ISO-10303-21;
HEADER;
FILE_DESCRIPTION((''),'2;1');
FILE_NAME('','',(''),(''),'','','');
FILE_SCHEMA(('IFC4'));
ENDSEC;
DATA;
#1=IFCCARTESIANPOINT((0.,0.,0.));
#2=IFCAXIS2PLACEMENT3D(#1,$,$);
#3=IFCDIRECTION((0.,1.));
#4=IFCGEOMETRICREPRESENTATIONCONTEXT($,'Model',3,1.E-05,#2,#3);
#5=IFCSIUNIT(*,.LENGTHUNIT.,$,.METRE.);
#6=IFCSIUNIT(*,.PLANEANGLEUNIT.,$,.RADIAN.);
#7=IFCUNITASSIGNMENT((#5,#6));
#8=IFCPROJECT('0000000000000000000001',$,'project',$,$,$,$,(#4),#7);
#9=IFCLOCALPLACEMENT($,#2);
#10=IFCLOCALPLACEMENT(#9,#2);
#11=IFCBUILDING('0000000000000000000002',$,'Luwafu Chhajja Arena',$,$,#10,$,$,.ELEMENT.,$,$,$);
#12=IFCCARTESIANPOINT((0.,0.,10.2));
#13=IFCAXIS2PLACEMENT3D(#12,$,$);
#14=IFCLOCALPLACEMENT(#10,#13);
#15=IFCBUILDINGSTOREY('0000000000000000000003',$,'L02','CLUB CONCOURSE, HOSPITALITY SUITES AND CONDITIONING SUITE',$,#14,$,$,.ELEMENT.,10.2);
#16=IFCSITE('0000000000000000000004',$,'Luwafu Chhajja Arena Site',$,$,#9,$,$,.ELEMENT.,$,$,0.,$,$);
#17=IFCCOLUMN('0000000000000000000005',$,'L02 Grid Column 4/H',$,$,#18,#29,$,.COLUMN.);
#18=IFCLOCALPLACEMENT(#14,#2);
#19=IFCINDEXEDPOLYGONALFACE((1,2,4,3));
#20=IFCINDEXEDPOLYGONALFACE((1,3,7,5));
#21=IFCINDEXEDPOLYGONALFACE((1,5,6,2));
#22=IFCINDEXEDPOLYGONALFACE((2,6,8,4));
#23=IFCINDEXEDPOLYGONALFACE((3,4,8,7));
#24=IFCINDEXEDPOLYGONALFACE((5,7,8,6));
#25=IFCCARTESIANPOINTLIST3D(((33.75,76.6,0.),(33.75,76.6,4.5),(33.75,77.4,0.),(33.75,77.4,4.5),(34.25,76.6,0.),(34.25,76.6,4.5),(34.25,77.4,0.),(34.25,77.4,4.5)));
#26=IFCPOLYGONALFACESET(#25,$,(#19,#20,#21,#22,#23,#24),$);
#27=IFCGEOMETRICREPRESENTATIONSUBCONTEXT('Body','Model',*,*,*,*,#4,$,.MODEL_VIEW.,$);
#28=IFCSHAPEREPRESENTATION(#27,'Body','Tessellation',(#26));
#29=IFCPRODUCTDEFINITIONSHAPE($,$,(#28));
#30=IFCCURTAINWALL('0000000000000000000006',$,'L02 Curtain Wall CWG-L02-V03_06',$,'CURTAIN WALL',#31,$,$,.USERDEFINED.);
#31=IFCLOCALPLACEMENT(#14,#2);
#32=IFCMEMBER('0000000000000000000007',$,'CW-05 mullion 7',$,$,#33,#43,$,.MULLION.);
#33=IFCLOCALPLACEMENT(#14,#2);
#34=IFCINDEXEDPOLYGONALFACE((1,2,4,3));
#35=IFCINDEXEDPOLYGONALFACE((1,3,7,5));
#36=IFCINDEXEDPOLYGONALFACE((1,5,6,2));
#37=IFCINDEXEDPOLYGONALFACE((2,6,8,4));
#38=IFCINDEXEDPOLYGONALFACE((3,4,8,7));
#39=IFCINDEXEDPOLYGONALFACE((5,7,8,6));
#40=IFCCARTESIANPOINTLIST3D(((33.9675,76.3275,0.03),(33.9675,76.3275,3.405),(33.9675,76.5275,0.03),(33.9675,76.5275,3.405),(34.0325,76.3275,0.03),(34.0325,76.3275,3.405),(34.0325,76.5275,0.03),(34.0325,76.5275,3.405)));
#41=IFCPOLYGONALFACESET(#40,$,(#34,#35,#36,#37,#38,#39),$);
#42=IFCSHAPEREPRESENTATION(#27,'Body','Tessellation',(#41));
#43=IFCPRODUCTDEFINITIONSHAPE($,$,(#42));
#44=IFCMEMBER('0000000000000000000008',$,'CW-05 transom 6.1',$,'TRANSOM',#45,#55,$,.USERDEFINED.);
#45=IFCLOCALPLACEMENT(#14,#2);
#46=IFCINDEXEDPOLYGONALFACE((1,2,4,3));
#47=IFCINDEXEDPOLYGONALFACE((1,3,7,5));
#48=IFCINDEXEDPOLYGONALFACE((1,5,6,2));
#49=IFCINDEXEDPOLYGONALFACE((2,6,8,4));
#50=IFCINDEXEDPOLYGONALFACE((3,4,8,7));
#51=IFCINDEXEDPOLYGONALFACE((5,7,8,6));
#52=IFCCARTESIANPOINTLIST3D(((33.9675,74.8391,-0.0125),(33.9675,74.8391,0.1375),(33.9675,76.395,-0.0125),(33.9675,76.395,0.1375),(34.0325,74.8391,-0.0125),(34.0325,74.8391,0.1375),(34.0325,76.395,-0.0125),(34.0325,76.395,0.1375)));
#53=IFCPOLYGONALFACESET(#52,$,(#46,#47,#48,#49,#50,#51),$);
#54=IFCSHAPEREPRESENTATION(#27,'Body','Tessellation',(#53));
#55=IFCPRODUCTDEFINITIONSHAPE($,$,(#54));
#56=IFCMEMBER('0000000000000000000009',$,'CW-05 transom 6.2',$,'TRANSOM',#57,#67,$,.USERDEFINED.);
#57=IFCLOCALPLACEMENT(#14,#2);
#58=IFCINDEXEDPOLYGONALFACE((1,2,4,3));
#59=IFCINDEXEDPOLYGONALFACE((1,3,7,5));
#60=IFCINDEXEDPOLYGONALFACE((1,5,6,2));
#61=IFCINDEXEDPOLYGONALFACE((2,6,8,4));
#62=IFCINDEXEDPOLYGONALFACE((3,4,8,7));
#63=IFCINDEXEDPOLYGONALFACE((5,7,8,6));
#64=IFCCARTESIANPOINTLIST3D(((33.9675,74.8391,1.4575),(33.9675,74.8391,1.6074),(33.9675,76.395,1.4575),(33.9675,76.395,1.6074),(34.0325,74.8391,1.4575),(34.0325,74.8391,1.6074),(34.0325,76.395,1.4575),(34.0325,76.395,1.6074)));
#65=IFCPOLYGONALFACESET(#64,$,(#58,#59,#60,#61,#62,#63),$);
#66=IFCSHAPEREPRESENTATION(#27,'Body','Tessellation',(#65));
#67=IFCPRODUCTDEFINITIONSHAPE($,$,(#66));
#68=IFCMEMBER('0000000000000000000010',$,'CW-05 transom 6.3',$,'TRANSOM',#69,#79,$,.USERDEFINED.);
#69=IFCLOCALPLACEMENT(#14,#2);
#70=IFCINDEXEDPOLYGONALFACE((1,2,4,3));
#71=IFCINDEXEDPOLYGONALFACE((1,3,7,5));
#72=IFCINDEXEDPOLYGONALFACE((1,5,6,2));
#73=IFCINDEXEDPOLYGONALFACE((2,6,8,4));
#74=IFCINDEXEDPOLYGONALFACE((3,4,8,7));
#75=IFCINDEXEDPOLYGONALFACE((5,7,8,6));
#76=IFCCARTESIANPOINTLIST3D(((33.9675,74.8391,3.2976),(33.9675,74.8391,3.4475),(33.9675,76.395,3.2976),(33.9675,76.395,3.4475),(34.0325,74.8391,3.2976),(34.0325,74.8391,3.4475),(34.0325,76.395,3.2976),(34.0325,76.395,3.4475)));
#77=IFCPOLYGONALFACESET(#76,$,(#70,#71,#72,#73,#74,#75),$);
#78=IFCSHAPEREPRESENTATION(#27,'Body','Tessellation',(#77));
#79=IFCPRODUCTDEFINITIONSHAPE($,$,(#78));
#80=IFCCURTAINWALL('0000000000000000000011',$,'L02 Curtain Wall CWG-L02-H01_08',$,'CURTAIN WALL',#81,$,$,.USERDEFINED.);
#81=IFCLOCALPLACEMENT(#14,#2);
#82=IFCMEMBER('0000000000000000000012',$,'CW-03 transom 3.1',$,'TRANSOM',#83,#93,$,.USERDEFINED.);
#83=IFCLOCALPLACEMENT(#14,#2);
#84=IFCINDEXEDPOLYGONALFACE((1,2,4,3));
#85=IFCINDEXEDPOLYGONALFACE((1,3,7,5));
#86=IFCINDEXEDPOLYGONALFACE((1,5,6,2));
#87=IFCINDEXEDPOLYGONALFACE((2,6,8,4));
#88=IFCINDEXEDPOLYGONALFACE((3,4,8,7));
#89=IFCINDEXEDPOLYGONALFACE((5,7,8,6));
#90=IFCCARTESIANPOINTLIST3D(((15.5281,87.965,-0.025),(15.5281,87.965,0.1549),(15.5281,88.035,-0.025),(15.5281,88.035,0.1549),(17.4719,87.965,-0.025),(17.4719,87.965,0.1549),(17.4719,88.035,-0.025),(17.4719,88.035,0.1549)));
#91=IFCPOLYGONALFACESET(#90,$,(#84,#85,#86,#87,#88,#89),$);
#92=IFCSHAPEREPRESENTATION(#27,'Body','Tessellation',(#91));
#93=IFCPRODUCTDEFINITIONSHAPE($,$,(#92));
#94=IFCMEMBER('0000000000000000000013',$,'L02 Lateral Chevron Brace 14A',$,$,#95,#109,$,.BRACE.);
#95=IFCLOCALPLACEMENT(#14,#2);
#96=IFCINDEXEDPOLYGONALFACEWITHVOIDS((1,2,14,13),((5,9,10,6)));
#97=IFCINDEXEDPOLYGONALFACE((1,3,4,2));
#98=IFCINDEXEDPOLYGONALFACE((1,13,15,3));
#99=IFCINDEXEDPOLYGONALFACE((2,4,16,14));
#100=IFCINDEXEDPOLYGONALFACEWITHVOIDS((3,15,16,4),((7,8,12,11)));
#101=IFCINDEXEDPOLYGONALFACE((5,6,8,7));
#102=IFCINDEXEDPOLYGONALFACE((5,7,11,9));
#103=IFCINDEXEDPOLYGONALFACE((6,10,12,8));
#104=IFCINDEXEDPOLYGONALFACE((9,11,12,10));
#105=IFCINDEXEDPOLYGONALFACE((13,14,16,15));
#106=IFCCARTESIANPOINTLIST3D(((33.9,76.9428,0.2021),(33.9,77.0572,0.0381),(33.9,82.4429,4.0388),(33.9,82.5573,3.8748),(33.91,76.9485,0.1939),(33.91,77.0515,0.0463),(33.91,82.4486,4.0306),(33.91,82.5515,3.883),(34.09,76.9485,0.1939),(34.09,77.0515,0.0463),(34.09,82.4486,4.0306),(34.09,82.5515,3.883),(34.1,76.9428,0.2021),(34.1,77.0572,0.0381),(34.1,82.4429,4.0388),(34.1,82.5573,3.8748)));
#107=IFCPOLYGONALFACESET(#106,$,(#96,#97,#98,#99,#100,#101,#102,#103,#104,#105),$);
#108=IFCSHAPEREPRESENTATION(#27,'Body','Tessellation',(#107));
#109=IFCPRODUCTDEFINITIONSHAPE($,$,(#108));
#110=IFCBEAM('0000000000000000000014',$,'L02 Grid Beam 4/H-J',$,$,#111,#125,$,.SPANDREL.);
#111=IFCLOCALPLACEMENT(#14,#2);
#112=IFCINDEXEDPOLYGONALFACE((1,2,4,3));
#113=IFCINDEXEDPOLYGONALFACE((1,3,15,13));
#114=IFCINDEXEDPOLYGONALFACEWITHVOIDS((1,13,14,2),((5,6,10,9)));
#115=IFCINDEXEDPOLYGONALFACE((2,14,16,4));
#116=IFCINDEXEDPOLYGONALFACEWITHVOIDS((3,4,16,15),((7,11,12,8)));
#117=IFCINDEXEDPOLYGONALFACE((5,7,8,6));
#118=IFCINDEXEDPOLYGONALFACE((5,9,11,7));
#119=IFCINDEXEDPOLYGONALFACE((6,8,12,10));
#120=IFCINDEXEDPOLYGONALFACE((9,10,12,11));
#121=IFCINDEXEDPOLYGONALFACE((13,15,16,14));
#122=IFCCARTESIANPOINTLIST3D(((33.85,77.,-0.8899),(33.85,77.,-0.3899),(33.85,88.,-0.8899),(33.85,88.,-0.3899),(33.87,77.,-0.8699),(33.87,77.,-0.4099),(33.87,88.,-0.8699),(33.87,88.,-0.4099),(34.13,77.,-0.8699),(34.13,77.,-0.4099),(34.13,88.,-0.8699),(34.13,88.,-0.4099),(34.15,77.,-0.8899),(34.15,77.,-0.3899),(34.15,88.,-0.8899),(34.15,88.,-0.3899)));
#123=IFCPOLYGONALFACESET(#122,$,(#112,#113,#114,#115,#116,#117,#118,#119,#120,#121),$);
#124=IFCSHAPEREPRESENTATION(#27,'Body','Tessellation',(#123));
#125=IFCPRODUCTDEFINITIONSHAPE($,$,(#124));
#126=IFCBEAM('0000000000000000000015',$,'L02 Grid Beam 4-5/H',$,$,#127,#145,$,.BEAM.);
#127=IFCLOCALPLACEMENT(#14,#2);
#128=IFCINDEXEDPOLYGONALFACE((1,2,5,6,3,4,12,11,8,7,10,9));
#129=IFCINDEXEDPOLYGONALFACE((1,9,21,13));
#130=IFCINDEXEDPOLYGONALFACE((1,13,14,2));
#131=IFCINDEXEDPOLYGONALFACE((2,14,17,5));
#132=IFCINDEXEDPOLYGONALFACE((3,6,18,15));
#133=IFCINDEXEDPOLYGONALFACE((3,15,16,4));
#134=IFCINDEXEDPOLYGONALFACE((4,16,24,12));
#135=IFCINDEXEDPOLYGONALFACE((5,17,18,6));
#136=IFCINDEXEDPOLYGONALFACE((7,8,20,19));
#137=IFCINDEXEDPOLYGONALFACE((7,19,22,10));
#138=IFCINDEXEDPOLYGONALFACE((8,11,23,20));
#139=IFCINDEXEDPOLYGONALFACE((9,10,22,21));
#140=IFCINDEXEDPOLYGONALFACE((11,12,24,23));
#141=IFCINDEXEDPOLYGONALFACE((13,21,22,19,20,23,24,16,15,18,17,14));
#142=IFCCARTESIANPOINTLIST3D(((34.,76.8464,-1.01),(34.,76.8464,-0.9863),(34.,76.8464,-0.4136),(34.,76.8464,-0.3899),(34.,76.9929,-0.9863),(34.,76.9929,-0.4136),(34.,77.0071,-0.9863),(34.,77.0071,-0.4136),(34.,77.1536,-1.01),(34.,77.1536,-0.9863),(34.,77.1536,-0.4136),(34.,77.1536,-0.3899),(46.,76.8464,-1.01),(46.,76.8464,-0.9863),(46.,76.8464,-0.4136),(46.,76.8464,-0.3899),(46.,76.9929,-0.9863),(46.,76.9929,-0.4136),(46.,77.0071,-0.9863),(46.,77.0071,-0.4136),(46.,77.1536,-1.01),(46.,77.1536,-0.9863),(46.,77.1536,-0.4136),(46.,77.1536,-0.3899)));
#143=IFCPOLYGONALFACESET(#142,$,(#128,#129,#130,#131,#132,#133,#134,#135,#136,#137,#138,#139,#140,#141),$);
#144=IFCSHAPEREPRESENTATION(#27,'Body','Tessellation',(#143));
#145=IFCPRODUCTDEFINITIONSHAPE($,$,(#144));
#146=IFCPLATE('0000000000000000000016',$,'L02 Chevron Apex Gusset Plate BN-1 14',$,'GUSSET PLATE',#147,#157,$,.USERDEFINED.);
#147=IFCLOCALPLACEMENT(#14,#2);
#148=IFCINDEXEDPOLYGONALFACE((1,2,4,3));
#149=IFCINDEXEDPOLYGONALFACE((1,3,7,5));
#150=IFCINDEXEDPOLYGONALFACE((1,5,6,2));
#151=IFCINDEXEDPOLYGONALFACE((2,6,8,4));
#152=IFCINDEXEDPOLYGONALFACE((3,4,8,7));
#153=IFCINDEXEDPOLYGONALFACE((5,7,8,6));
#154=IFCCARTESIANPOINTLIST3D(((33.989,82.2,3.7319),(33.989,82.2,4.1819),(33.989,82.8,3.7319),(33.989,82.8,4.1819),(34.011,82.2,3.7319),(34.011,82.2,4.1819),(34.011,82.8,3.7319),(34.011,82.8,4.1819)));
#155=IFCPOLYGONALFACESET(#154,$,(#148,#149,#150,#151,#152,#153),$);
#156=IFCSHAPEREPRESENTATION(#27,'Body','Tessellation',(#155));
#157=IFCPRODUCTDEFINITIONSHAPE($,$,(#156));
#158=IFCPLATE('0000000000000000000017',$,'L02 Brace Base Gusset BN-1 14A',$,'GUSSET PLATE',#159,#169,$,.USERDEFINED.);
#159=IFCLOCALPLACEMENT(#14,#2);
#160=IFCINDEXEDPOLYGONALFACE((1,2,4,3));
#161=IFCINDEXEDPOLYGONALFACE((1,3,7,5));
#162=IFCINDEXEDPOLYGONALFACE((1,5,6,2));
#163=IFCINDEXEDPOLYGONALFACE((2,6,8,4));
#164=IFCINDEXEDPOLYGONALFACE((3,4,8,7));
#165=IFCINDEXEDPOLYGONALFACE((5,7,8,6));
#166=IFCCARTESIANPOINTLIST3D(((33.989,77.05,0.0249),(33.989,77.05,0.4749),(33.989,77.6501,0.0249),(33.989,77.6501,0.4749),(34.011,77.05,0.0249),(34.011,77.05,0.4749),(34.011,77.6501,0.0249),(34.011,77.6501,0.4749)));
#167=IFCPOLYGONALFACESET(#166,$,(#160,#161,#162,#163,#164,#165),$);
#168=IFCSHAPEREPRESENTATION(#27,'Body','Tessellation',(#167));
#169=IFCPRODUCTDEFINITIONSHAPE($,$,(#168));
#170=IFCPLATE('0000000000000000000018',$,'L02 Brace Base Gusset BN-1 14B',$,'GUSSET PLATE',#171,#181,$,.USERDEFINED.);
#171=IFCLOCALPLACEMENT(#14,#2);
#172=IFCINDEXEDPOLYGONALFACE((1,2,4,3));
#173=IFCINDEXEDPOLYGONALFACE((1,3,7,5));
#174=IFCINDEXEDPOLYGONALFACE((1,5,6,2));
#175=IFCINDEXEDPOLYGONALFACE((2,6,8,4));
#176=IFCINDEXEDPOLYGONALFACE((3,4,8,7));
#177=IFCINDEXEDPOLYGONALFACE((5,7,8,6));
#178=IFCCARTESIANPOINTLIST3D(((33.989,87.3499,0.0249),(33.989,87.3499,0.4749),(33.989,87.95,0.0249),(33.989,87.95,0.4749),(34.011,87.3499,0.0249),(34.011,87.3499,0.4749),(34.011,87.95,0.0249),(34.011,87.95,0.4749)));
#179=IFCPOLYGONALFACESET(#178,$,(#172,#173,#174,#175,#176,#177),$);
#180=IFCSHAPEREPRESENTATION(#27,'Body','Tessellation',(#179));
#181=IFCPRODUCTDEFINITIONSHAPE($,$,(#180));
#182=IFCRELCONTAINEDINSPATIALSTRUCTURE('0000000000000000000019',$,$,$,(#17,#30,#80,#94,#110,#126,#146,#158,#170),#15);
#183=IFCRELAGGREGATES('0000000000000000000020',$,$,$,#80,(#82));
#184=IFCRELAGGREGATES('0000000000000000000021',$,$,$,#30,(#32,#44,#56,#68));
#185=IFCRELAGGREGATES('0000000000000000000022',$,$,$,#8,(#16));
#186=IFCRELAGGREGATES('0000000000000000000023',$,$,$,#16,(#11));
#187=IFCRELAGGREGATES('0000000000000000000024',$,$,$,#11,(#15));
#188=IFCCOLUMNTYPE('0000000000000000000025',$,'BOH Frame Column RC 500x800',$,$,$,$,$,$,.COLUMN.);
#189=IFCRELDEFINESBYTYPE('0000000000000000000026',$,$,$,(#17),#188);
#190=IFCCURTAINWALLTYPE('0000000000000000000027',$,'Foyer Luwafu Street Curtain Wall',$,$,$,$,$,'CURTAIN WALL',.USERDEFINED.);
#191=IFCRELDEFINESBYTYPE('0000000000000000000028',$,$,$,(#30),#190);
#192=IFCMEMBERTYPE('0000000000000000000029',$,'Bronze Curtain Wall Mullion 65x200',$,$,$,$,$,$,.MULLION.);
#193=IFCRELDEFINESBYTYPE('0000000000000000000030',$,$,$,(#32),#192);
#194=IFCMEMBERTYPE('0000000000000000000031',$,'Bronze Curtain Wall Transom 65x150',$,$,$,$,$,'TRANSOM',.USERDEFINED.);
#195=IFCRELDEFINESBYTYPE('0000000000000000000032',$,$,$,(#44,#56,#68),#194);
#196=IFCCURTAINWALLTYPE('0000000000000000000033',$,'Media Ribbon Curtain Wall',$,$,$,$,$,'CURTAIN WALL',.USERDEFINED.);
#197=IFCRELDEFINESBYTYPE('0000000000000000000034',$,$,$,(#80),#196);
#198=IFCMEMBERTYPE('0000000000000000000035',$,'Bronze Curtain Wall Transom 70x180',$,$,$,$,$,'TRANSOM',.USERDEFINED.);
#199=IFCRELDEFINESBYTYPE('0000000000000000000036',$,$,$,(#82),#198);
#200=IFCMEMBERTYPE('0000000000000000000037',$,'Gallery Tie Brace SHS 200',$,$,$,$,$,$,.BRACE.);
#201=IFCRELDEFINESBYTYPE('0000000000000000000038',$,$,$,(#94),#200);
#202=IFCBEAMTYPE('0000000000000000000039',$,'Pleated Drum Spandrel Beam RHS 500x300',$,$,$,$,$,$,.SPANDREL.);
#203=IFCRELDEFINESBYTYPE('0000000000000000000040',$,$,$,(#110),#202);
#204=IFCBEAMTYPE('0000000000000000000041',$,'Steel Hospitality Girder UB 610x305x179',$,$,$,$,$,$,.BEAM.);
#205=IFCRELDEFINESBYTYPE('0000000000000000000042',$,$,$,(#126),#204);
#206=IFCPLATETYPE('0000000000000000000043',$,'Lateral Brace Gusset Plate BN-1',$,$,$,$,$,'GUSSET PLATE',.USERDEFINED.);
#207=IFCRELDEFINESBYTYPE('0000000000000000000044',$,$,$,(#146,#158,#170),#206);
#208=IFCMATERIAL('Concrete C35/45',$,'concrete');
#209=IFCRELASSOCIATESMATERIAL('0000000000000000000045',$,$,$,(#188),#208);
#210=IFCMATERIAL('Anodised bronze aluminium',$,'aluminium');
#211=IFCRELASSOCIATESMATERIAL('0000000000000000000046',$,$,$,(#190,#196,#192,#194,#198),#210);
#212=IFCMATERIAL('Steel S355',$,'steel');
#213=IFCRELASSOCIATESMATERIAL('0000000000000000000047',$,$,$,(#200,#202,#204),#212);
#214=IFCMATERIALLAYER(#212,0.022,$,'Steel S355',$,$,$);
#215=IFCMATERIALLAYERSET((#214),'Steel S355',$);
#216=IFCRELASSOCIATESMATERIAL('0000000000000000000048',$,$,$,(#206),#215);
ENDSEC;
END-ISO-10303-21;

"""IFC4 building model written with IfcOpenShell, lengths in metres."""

from ifc_helpers import new_model, si_unit, direction, frame, origin, origin_2d, place, context, subcontext, project, spatial, rectangle, hollow_rectangle, i_section, extrude, material, layer, layer_set, material_profile, profile_set, type_object, element, aggregate, save


model = new_model("IFC4")

# Units and contexts
model_context = context("Model", 3, precision=1e-05, world=origin(), true_north=direction((0.0, 1.0)))
body_context = subcontext(model_context, "Body", "Model", "MODEL_VIEW")
ifc_project = project(units=[si_unit("LENGTHUNIT", "METRE"), si_unit("PLANEANGLEUNIT", "RADIAN")], contexts=[model_context])

# Site, building, storey
site_placement = place(None, origin())
site = spatial("IfcSite", under=ifc_project, at=site_placement, Name="Luwafu Chhajja Arena Site", CompositionType="ELEMENT", RefElevation=0.0)
building_placement = place(site_placement, origin())
building = spatial("IfcBuilding", under=site, at=building_placement, Name="Luwafu Chhajja Arena", CompositionType="ELEMENT")
storey_placement = place(building_placement, frame((0.0, 0.0, 10.2)))
storey = spatial("IfcBuildingStorey", under=building, at=storey_placement, Name="L02", Description="CLUB CONCOURSE, HOSPITALITY SUITES AND CONDITIONING SUITE", CompositionType="ELEMENT", Elevation=10.2)

# Column
ifc_material_1 = material(Name="Concrete C35/45", Category="concrete")
ifc_material_profile_1 = material_profile(ifc_material_1, rectangle(XDim=0.5, YDim=0.8, at=origin_2d()), Name="RC 500x800")
ifc_profile_set_1 = profile_set([ifc_material_profile_1], Name="Concrete C35/45")
column_type = type_object("IfcColumnType", Name="BOH Frame Column RC 500x800", PredefinedType="COLUMN", material=ifc_profile_set_1)
column_placement = place(storey_placement, frame((34.0, 77.0, 0.0), z_axis=(0.0, 0.0, 1.0), x_axis=(1.0, 0.0, 0.0)))
element("IfcColumn", 1, at=column_placement, inside=storey, type_object=column_type, Name="L02 Grid Column 4/H", PredefinedType="COLUMN", context=body_context, shape_type="SweptSolid", body=[
    extrude(rectangle(XDim=0.5, YDim=0.8, at=origin_2d()), origin(), (0.0, 0.0, 1.0), 4.5),
])

# Curtain wall, members
ifc_material_2 = material(Name="Anodised bronze aluminium", Category="aluminium")
curtain_wall_type_1 = type_object("IfcCurtainWallType", Name="Foyer Luwafu Street Curtain Wall", ElementType="CURTAIN WALL", PredefinedType="USERDEFINED", material=ifc_material_2)
curtain_wall_1_placement = place(storey_placement, origin())
curtain_wall_1 = element("IfcCurtainWall", 2, at=curtain_wall_1_placement, inside=storey, type_object=curtain_wall_type_1, Name="L02 Curtain Wall CWG-L02-V03_06", ObjectType="CURTAIN WALL", PredefinedType="USERDEFINED")
ifc_material_profile_2 = material_profile(ifc_material_2, rectangle(XDim=0.0649, YDim=0.2, at=origin_2d()), Name="CWM 65x200")
ifc_profile_set_2 = profile_set([ifc_material_profile_2], Name="Anodised bronze aluminium")
member_type_1 = type_object("IfcMemberType", Name="Bronze Curtain Wall Mullion 65x200", PredefinedType="MULLION", material=ifc_profile_set_2)
member_1_placement = place(storey_placement, frame((34.0, 76.4275, 0.03), z_axis=(0.0, 0.0, 1.0), x_axis=(-1.0, 0.0, 0.0)))
member_1 = element("IfcMember", 3, at=member_1_placement, type_object=member_type_1, Name="CW-05 mullion 7", PredefinedType="MULLION", context=body_context, shape_type="SweptSolid", body=[
    extrude(rectangle(XDim=0.0649, YDim=0.2, at=origin_2d()), origin(), (0.0, 0.0, 1.0), 3.375),
])
ifc_material_profile_3 = material_profile(ifc_material_2, rectangle(XDim=0.0649, YDim=0.1499, at=origin_2d()), Name="CWT 65x150")
ifc_profile_set_3 = profile_set([ifc_material_profile_3], Name="Anodised bronze aluminium")
member_type_2 = type_object("IfcMemberType", Name="Bronze Curtain Wall Transom 65x150", ElementType="TRANSOM", PredefinedType="USERDEFINED", material=ifc_profile_set_3)
member_2_placement = place(storey_placement, frame((34.0, 74.8391, 0.0625), z_axis=(0.0, 1.0, 0.0), x_axis=(-1.0, 0.0, 0.0)))
member_2 = element("IfcMember", 4, at=member_2_placement, type_object=member_type_2, Name="CW-05 transom 6.1", ObjectType="TRANSOM", PredefinedType="USERDEFINED", context=body_context, shape_type="SweptSolid", body=[
    extrude(rectangle(XDim=0.0649, YDim=0.1499, at=origin_2d()), origin(), (0.0, 0.0, 1.0), 1.5559),
])
member_3_placement = place(storey_placement, frame((34.0, 74.8391, 1.5325), z_axis=(0.0, 1.0, 0.0), x_axis=(-1.0, 0.0, 0.0)))
member_3 = element("IfcMember", 5, at=member_3_placement, type_object=member_type_2, Name="CW-05 transom 6.2", ObjectType="TRANSOM", PredefinedType="USERDEFINED", context=body_context, shape_type="SweptSolid", body=[
    extrude(rectangle(XDim=0.0649, YDim=0.1499, at=origin_2d()), origin(), (0.0, 0.0, 1.0), 1.5559),
])
member_4_placement = place(storey_placement, frame((34.0, 74.8391, 3.3726), z_axis=(0.0, 1.0, 0.0), x_axis=(-1.0, 0.0, 0.0)))
member_4 = element("IfcMember", 6, at=member_4_placement, type_object=member_type_2, Name="CW-05 transom 6.3", ObjectType="TRANSOM", PredefinedType="USERDEFINED", context=body_context, shape_type="SweptSolid", body=[
    extrude(rectangle(XDim=0.0649, YDim=0.1499, at=origin_2d()), origin(), (0.0, 0.0, 1.0), 1.5559),
])

# Curtain wall, member
curtain_wall_type_2 = type_object("IfcCurtainWallType", Name="Media Ribbon Curtain Wall", ElementType="CURTAIN WALL", PredefinedType="USERDEFINED", material=ifc_material_2)
curtain_wall_2_placement = place(storey_placement, origin())
curtain_wall_2 = element("IfcCurtainWall", 7, at=curtain_wall_2_placement, inside=storey, type_object=curtain_wall_type_2, Name="L02 Curtain Wall CWG-L02-H01_08", ObjectType="CURTAIN WALL", PredefinedType="USERDEFINED")
ifc_material_profile_4 = material_profile(ifc_material_2, rectangle(XDim=0.0701, YDim=0.1799, at=origin_2d()), Name="CWT 70x180")
ifc_profile_set_4 = profile_set([ifc_material_profile_4], Name="Anodised bronze aluminium")
member_type_3 = type_object("IfcMemberType", Name="Bronze Curtain Wall Transom 70x180", ElementType="TRANSOM", PredefinedType="USERDEFINED", material=ifc_profile_set_4)
member_5_placement = place(storey_placement, frame((15.5281, 88.0, 0.0649), z_axis=(1.0, 0.0, 0.0), x_axis=(0.0, 1.0, 0.0)))
member_5 = element("IfcMember", 8, at=member_5_placement, type_object=member_type_3, Name="CW-03 transom 3.1", ObjectType="TRANSOM", PredefinedType="USERDEFINED", context=body_context, shape_type="SweptSolid", body=[
    extrude(rectangle(XDim=0.0701, YDim=0.1799, at=origin_2d()), origin(), (0.0, 0.0, 1.0), 1.9438),
])
aggregate(curtain_wall_2, [member_5])

# Member
ifc_material_3 = material(Name="Steel S355", Category="steel")
ifc_material_profile_5 = material_profile(ifc_material_3, hollow_rectangle(XDim=0.2, YDim=0.2, WallThickness=0.01, at=origin_2d()), Name="SHS 200x200x10")
ifc_profile_set_5 = profile_set([ifc_material_profile_5], Name="Steel S355")
member_type_4 = type_object("IfcMemberType", Name="Gallery Tie Brace SHS 200", PredefinedType="BRACE", material=ifc_profile_set_5)
member_6_placement = place(storey_placement, frame((34.0, 77.0, 0.1201), z_axis=(0.0, 0.820165, 0.572127), x_axis=(-1.0, 0.0, 0.0)))
element("IfcMember", 9, at=member_6_placement, inside=storey, type_object=member_type_4, Name="L02 Lateral Chevron Brace 14A", PredefinedType="BRACE", context=body_context, shape_type="SweptSolid", body=[
    extrude(hollow_rectangle(XDim=0.2, YDim=0.2, WallThickness=0.01, at=origin_2d()), origin(), (0.0, 0.0, 1.0), 6.7061),
])

# Beams
ifc_material_profile_6 = material_profile(ifc_material_3, hollow_rectangle(XDim=0.3, YDim=0.5, WallThickness=0.02, at=origin_2d()), Name="RHS 500x300x20")
ifc_profile_set_6 = profile_set([ifc_material_profile_6], Name="Steel S355")
beam_type_1 = type_object("IfcBeamType", Name="Pleated Drum Spandrel Beam RHS 500x300", PredefinedType="SPANDREL", material=ifc_profile_set_6)
beam_1_placement = place(storey_placement, frame((34.0, 77.0, -0.6399), z_axis=(0.0, 1.0, 0.0), x_axis=(-1.0, 0.0, 0.0)))
element("IfcBeam", 10, at=beam_1_placement, inside=storey, type_object=beam_type_1, Name="L02 Grid Beam 4/H-J", PredefinedType="SPANDREL", context=body_context, shape_type="SweptSolid", body=[
    extrude(hollow_rectangle(XDim=0.3, YDim=0.5, WallThickness=0.02, at=origin_2d()), origin(), (0.0, 0.0, 1.0), 11.0),
])
ifc_material_profile_7 = material_profile(ifc_material_3, i_section(OverallWidth=0.3071, OverallDepth=0.6201, WebThickness=0.0142, FlangeThickness=0.0237, at=origin_2d()), Name="UB 610x305x179")
ifc_profile_set_7 = profile_set([ifc_material_profile_7], Name="Steel S355")
beam_type_2 = type_object("IfcBeamType", Name="Steel Hospitality Girder UB 610x305x179", PredefinedType="BEAM", material=ifc_profile_set_7)
beam_2_placement = place(storey_placement, frame((34.0, 77.0, -0.7), z_axis=(1.0, 0.0, 0.0), x_axis=(0.0, 1.0, 0.0)))
element("IfcBeam", 11, at=beam_2_placement, inside=storey, type_object=beam_type_2, Name="L02 Grid Beam 4-5/H", PredefinedType="BEAM", context=body_context, shape_type="SweptSolid", body=[
    extrude(i_section(OverallWidth=0.3071, OverallDepth=0.6201, WebThickness=0.0142, FlangeThickness=0.0237, at=origin_2d()), origin(), (0.0, 0.0, 1.0), 12.0),
])

# Plates
ifc_layer_1 = layer(ifc_material_3, 0.022, Name="Steel S355")
ifc_layer_set_1 = layer_set([ifc_layer_1], Name="Steel S355")
plate_type_1 = type_object("IfcPlateType", Name="Lateral Brace Gusset Plate BN-1", ElementType="GUSSET PLATE", PredefinedType="USERDEFINED", material=ifc_layer_set_1)
for number, where, z_axis, x_axis, name in (
    (12, (34.0, 82.5, 3.7319), (0.0, 0.0, 1.0), (1.0, 0.0, 0.0), "L02 Chevron Apex Gusset Plate BN-1 14"),
    (13, (34.0, 77.3501, 0.0249), (0.0, 0.0, 1.0), (1.0, 0.0, 0.0), "L02 Brace Base Gusset BN-1 14A"),
    (14, (34.0, 87.6499, 0.0249), (0.0, 0.0, 1.0), (1.0, 0.0, 0.0), "L02 Brace Base Gusset BN-1 14B"),
):
    element("IfcPlate", number, at=place(storey_placement, frame(where, z_axis=z_axis, x_axis=x_axis)), inside=storey, type_object=plate_type_1, Name=name, ObjectType="GUSSET PLATE", PredefinedType="USERDEFINED", context=body_context, shape_type="SweptSolid", body=[
        extrude(rectangle(XDim=0.022, YDim=0.6001, at=origin_2d()), origin(), (0.0, 0.0, 1.0), 0.45),
    ])

aggregate(curtain_wall_1, [member_1, member_2, member_3, member_4])

save(model, "model.ifc")
